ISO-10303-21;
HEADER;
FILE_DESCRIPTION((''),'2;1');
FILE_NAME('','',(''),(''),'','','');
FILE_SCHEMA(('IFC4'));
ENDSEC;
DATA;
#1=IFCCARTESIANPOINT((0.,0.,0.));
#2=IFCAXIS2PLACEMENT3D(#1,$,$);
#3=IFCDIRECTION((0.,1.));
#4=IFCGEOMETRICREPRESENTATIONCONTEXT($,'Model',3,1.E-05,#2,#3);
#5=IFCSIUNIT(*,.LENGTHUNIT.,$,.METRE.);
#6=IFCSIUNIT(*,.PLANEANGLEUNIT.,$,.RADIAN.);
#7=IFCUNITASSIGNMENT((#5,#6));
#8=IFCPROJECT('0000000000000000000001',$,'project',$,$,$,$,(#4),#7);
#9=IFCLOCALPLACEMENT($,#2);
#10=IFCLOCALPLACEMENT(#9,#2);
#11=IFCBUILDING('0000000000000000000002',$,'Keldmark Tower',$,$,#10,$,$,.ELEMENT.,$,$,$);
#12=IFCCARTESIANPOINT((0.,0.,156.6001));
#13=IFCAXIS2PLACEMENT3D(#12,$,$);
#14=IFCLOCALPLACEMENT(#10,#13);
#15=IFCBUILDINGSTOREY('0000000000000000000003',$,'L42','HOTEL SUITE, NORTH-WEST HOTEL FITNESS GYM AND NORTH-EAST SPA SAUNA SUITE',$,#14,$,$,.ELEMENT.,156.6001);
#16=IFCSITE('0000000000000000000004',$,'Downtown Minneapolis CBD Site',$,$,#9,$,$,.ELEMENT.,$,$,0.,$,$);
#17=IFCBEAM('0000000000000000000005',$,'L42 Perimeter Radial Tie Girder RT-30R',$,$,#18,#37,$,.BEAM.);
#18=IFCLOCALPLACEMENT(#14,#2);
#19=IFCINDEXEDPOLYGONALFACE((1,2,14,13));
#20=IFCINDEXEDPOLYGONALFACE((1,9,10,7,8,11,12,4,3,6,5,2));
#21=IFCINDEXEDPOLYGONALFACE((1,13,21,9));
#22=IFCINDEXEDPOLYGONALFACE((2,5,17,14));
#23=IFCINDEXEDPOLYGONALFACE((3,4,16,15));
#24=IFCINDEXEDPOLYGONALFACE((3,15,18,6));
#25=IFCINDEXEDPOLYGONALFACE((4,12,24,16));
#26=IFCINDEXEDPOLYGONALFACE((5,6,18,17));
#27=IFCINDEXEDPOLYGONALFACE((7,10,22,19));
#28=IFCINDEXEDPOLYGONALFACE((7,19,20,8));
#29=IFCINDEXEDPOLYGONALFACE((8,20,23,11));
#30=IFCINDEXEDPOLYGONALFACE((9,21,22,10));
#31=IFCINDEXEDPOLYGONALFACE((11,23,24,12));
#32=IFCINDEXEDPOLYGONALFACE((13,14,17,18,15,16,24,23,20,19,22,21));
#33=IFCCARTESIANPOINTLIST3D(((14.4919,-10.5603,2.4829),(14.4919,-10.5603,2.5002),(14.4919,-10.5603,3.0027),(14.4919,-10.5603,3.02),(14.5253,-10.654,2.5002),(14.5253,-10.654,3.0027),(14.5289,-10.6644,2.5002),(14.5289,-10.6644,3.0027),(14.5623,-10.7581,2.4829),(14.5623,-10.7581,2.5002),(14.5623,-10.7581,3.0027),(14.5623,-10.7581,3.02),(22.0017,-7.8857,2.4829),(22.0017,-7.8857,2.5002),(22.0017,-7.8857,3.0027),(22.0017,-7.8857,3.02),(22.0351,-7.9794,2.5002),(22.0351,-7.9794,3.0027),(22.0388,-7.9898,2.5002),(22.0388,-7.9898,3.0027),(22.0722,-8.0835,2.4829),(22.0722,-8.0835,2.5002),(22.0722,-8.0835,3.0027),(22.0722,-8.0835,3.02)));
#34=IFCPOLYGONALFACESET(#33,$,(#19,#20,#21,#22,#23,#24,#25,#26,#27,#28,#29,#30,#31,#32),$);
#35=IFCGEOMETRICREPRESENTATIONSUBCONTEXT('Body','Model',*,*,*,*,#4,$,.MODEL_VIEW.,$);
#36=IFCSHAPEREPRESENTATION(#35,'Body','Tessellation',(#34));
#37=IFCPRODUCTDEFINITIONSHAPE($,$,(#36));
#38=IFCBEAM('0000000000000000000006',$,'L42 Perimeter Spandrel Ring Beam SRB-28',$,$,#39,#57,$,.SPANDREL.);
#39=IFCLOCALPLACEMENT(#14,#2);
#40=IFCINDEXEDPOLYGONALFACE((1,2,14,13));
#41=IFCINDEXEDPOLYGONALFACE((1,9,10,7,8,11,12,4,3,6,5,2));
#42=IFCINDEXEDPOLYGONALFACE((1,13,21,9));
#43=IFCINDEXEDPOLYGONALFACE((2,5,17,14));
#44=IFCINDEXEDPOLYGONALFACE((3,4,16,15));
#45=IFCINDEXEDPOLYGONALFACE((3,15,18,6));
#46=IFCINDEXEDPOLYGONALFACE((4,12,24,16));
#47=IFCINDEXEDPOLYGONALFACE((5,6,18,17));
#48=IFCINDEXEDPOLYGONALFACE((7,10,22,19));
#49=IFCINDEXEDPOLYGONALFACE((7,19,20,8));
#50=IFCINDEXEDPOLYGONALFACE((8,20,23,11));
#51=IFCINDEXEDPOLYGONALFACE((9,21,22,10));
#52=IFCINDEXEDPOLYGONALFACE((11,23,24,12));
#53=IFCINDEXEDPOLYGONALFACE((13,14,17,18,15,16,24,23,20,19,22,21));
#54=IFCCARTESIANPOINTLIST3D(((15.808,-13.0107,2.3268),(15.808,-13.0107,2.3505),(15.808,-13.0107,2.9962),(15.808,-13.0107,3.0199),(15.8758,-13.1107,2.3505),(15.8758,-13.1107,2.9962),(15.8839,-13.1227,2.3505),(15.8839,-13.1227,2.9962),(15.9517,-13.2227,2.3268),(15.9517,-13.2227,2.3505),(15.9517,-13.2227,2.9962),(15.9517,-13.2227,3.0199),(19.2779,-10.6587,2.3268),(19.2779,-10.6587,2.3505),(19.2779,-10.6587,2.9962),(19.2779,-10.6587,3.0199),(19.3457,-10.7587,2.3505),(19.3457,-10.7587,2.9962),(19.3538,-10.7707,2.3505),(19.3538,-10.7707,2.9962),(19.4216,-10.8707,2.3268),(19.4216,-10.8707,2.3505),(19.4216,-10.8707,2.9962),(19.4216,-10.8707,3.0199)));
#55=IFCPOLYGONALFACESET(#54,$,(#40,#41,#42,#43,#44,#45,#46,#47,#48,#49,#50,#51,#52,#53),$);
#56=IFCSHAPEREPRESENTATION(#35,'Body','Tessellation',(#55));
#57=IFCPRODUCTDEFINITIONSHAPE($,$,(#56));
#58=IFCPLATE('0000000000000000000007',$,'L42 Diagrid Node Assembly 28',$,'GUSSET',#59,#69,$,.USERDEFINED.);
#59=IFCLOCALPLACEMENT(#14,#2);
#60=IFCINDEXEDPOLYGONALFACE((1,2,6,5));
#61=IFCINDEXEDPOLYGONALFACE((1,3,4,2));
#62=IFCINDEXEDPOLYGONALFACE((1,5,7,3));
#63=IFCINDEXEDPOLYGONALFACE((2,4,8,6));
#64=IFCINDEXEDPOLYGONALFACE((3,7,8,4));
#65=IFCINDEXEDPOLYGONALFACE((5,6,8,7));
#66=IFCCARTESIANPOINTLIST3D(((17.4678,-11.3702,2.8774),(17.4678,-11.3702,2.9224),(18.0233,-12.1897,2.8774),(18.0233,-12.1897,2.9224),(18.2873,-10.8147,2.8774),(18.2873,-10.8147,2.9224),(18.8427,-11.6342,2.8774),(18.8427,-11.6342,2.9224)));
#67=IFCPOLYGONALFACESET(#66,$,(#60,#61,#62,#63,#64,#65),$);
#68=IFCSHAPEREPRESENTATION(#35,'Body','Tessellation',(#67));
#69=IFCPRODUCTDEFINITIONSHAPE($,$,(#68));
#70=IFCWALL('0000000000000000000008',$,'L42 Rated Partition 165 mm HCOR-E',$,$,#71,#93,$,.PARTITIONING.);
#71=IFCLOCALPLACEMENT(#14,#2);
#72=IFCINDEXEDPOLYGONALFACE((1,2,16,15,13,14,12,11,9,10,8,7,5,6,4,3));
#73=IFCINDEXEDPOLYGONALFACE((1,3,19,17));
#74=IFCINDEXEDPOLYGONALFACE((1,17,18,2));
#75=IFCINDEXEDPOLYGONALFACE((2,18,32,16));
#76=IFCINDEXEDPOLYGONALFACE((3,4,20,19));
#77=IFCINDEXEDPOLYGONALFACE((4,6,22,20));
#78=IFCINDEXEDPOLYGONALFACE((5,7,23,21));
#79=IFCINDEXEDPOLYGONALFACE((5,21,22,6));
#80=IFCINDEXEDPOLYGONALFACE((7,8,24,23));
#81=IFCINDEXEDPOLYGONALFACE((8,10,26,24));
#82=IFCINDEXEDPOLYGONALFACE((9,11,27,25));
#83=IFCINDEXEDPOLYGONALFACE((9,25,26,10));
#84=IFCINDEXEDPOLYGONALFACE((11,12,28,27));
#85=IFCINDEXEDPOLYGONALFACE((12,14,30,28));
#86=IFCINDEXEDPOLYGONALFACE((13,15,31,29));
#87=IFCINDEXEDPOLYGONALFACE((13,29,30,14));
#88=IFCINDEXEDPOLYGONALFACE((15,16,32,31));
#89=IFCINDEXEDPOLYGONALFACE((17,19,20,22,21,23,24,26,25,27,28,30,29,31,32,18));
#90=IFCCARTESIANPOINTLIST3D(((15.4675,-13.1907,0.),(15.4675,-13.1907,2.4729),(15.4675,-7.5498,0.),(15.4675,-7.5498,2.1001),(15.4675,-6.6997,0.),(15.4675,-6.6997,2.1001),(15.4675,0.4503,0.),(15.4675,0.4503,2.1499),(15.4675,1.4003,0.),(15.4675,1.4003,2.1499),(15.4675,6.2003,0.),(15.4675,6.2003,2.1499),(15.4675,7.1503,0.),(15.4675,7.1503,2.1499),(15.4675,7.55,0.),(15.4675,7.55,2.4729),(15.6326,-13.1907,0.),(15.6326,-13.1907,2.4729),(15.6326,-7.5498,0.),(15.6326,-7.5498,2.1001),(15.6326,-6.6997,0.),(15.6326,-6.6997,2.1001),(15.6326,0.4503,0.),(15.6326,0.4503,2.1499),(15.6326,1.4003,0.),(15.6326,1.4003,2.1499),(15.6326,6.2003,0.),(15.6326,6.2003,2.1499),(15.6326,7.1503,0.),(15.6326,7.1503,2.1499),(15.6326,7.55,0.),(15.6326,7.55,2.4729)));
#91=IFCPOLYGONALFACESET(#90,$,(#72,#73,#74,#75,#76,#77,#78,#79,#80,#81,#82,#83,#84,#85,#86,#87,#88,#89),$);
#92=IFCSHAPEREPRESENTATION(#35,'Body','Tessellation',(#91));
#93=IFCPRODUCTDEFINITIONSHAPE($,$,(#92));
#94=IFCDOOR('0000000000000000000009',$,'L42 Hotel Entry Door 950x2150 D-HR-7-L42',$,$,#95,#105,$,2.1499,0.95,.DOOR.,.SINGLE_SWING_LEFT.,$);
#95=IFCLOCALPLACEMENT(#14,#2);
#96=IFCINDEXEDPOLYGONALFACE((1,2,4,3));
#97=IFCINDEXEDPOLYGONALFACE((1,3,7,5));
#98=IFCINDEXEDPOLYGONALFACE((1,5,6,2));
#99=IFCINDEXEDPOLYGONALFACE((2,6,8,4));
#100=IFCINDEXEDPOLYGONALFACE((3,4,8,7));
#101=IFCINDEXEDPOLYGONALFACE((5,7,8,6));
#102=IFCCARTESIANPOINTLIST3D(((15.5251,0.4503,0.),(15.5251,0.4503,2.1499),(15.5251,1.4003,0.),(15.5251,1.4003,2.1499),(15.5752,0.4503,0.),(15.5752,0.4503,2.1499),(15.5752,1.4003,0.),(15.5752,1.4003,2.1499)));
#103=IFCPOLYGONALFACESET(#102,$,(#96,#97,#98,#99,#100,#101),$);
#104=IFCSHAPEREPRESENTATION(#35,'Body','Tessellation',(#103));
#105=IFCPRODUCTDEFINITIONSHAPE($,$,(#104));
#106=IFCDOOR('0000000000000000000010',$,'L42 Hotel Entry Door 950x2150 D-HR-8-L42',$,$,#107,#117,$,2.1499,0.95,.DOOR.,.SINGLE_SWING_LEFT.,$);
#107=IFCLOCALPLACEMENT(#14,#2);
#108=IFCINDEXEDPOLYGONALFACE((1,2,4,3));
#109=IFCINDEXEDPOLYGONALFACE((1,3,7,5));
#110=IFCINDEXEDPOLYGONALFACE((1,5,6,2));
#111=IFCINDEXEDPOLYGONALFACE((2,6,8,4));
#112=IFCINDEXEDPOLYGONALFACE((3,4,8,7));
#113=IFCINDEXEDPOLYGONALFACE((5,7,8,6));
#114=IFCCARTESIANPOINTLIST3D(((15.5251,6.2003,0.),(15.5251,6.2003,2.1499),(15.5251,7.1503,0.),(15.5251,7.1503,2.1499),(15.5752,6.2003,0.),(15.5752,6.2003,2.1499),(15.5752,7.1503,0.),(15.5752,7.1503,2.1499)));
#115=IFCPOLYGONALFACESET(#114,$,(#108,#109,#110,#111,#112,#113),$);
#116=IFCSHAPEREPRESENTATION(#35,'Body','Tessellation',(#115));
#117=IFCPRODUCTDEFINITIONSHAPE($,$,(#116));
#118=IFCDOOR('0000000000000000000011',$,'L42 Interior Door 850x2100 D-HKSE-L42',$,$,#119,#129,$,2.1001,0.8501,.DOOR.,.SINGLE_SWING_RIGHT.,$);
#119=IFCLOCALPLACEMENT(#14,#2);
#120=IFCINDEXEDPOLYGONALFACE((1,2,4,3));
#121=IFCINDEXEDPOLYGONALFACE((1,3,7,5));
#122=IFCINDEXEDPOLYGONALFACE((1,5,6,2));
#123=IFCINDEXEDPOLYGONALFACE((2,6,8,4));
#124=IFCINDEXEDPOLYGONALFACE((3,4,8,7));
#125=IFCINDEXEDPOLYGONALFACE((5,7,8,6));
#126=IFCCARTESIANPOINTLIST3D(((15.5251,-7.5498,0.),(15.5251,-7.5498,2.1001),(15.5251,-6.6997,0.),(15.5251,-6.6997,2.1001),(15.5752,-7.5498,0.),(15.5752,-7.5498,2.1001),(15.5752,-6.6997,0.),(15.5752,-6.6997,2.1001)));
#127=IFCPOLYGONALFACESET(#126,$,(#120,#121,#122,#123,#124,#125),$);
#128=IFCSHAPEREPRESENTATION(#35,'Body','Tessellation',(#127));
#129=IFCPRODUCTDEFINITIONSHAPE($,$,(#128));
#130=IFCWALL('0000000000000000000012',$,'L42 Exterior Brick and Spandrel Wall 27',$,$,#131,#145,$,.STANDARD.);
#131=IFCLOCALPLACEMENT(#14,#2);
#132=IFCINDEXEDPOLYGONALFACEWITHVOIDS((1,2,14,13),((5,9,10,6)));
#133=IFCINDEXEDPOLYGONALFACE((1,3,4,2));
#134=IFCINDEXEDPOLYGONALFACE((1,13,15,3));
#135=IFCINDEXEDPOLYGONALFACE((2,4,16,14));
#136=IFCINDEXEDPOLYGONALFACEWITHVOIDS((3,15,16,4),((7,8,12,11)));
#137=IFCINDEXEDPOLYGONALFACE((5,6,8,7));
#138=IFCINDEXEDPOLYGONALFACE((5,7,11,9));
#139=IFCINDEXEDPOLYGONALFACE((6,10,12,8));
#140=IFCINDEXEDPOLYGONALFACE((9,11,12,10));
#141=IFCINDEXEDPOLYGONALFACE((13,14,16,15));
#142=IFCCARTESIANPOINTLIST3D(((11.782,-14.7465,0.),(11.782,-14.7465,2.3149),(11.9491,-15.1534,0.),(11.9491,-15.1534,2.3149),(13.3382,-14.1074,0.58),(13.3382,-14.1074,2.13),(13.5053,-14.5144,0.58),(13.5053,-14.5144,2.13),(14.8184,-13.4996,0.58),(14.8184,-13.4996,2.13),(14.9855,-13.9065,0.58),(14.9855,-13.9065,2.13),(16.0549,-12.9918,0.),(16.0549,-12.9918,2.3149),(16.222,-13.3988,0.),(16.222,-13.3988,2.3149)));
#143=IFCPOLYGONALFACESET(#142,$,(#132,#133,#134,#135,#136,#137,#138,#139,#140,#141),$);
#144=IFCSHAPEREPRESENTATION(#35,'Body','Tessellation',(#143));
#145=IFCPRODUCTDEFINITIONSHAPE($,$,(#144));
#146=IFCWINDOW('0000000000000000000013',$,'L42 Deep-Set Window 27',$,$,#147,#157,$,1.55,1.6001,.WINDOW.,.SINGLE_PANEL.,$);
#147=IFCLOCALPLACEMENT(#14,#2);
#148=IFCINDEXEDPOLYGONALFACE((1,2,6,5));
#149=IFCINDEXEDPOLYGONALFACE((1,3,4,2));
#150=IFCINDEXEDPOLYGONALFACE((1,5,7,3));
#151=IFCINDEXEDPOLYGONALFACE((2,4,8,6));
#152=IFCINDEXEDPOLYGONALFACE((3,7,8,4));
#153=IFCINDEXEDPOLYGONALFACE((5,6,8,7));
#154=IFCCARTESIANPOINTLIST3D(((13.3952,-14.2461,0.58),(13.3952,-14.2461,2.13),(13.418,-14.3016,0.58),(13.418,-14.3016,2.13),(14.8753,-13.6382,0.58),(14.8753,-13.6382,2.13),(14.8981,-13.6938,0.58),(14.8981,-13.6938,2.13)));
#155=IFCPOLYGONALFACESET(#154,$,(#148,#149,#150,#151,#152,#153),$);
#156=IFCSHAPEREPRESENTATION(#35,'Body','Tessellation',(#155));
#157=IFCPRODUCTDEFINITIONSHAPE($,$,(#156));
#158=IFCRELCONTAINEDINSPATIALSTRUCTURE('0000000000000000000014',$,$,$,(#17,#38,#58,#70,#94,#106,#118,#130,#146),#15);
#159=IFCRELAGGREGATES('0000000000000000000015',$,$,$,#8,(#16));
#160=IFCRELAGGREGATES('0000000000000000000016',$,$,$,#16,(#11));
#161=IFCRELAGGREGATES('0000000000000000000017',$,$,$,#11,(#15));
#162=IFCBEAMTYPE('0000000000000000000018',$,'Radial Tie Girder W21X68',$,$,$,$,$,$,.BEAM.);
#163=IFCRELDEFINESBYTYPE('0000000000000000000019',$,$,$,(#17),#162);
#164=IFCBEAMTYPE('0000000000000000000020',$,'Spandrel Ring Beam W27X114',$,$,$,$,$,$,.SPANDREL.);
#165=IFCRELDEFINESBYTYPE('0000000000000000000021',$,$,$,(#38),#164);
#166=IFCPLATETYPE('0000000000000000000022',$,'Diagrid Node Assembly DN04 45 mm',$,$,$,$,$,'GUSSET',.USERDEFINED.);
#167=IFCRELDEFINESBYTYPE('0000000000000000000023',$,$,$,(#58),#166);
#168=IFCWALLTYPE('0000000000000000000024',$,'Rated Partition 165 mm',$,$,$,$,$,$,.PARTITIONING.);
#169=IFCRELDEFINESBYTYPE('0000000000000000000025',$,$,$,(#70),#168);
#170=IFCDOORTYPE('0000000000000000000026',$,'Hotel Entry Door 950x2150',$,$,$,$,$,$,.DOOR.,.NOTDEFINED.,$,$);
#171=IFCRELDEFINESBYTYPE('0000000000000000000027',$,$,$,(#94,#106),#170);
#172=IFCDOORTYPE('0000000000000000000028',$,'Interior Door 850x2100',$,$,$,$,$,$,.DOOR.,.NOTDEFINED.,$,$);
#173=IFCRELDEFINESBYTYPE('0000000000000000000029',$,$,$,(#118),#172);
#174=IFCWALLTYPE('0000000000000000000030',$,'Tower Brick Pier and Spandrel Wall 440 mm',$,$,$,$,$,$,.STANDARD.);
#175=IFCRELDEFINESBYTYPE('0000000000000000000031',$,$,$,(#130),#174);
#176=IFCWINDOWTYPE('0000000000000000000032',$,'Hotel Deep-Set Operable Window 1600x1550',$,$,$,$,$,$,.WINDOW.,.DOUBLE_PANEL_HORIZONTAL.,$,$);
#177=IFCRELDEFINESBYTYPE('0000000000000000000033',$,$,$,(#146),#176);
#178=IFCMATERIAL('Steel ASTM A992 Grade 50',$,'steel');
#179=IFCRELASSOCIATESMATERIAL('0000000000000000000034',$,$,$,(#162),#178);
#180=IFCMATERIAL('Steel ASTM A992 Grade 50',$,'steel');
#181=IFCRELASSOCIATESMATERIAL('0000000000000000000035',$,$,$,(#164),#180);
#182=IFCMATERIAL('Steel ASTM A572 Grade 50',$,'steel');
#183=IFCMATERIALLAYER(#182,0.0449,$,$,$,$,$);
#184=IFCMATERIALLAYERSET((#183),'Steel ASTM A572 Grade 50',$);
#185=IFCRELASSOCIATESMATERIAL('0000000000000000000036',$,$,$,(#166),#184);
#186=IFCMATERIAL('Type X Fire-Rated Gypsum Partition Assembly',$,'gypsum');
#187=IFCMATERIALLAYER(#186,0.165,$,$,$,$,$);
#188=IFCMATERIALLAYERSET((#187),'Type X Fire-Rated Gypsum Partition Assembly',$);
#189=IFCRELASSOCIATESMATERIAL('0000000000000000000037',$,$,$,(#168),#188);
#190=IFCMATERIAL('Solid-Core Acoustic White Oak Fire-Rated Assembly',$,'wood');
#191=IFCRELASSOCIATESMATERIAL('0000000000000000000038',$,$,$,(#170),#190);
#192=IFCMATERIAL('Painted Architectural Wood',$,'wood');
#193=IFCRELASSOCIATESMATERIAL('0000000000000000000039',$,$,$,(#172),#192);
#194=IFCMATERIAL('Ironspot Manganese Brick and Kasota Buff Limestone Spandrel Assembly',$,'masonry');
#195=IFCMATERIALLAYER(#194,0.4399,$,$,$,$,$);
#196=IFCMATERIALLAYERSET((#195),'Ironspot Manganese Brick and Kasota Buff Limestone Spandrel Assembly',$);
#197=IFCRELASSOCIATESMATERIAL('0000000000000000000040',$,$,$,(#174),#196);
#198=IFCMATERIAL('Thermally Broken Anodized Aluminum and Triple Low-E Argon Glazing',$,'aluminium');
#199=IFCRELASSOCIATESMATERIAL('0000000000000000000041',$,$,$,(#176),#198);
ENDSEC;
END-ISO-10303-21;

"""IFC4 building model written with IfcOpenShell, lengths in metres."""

from ifc_helpers import new_model, si_unit, direction, frame, frame_2d, origin, origin_2d, place, context, subcontext, project, spatial, rectangle, i_section, extrude, material, layer, layer_set, material_profile, profile_set, type_object, element, fill, save


model = new_model("IFC4")

# Units and contexts
model_context = context("Model", 3, precision=1e-05, world=origin(), true_north=direction((0.0, 1.0)))
body_context = subcontext(model_context, "Body", "Model", "MODEL_VIEW")
ifc_project = project(units=[si_unit("LENGTHUNIT", "METRE"), si_unit("PLANEANGLEUNIT", "RADIAN")], contexts=[model_context])

# Site, building, storey
site_placement = place(None, origin())
site = spatial("IfcSite", under=ifc_project, at=site_placement, Name="Downtown Minneapolis CBD Site", CompositionType="ELEMENT", RefElevation=0.0)
building_placement = place(site_placement, origin())
building = spatial("IfcBuilding", under=site, at=building_placement, Name="Keldmark Tower", CompositionType="ELEMENT")
storey_placement = place(building_placement, frame((0.0, 0.0, 156.6001)))
storey = spatial("IfcBuildingStorey", under=building, at=storey_placement, Name="L42", Description="HOTEL SUITE, NORTH-WEST HOTEL FITNESS GYM AND NORTH-EAST SPA SAUNA SUITE", CompositionType="ELEMENT", Elevation=156.6001)

# Beams
ifc_material_1 = material(Name="Steel ASTM A992 Grade 50", Category="steel")
ifc_material_profile_1 = material_profile(ifc_material_1, i_section(OverallWidth=0.21, OverallDepth=0.5371, WebThickness=0.011, FlangeThickness=0.0173, at=origin_2d()), Name="W21X68")
ifc_profile_set_1 = profile_set([ifc_material_profile_1], Name="Steel ASTM A992 Grade 50")
beam_type_1 = type_object("IfcBeamType", Name="Radial Tie Girder W21X68", PredefinedType="BEAM", material=ifc_profile_set_1)
beam_1_placement = place(storey_placement, frame((14.5271, -10.6592, 2.7515), z_axis=(0.942039, 0.335502, 0.0), x_axis=(-0.335502, 0.942039, 0.0)))
element("IfcBeam", 1, at=beam_1_placement, inside=storey, type_object=beam_type_1, Name="L42 Perimeter Radial Tie Girder RT-30R", PredefinedType="BEAM", context=body_context, shape_type="SweptSolid", body=[
    extrude(i_section(OverallWidth=0.21, OverallDepth=0.5371, WebThickness=0.011, FlangeThickness=0.0173, at=origin_2d()), origin(), (0.0, 0.0, 1.0), 7.9719),
])
ifc_material_2 = material(Name="Steel ASTM A992 Grade 50", Category="steel")
ifc_material_profile_2 = material_profile(ifc_material_2, i_section(OverallWidth=0.2561, OverallDepth=0.6931, WebThickness=0.0144, FlangeThickness=0.0237, at=origin_2d()), Name="W27X114")
ifc_profile_set_2 = profile_set([ifc_material_profile_2], Name="Steel ASTM A992 Grade 50")
beam_type_2 = type_object("IfcBeamType", Name="Spandrel Ring Beam W27X114", PredefinedType="SPANDREL", material=ifc_profile_set_2)
beam_2_placement = place(storey_placement, frame((15.8799, -13.1167, 2.6733), z_axis=(0.827761, 0.561081, 0.0), x_axis=(-0.561081, 0.827761, 0.0)))
element("IfcBeam", 2, at=beam_2_placement, inside=storey, type_object=beam_type_2, Name="L42 Perimeter Spandrel Ring Beam SRB-28", PredefinedType="SPANDREL", context=body_context, shape_type="SweptSolid", body=[
    extrude(i_section(OverallWidth=0.2561, OverallDepth=0.6931, WebThickness=0.0144, FlangeThickness=0.0237, at=origin_2d()), origin(), (0.0, 0.0, 1.0), 4.1919),
])

# Plate
ifc_material_3 = material(Name="Steel ASTM A572 Grade 50", Category="steel")
ifc_layer_1 = layer(ifc_material_3, 0.0449)
ifc_layer_set_1 = layer_set([ifc_layer_1], Name="Steel ASTM A572 Grade 50")
plate_type = type_object("IfcPlateType", Name="Diagrid Node Assembly DN04 45 mm", ElementType="GUSSET", PredefinedType="USERDEFINED", material=ifc_layer_set_1)
plate_placement = place(storey_placement, frame((18.1553, -11.5022, 2.8774), z_axis=(0.0, 0.0, 1.0), x_axis=(0.827767, 0.561072, 0.0)))
element("IfcPlate", 3, at=plate_placement, inside=storey, type_object=plate_type, Name="L42 Diagrid Node Assembly 28", ObjectType="GUSSET", PredefinedType="USERDEFINED", context=body_context, shape_type="SweptSolid", body=[
    extrude(rectangle(XDim=0.99, YDim=0.99, at=origin_2d()), origin(), (0.0, 0.0, 1.0), 0.0449),
])

# Wall, openings, doors
ifc_material_4 = material(Name="Type X Fire-Rated Gypsum Partition Assembly", Category="gypsum")
ifc_layer_2 = layer(ifc_material_4, 0.165)
ifc_layer_set_2 = layer_set([ifc_layer_2], Name="Type X Fire-Rated Gypsum Partition Assembly")
wall_type_1 = type_object("IfcWallType", Name="Rated Partition 165 mm", PredefinedType="PARTITIONING", material=ifc_layer_set_2)
wall_1_placement = place(storey_placement, frame((15.55, -13.1907, 0.0), z_axis=(0.0, 0.0, 1.0), x_axis=(0.0, 1.0, 0.0)))
wall_1 = element("IfcWall", 4, at=wall_1_placement, inside=storey, type_object=wall_type_1, Name="L42 Rated Partition 165 mm HCOR-E", PredefinedType="PARTITIONING", context=body_context, shape_type="SweptSolid", body=[
    extrude(rectangle(XDim=20.7407, YDim=0.165, at=frame_2d((10.3704, 0.0))), origin(), (0.0, 0.0, 1.0), 2.4729),
])
opening_1_placement = place(wall_1_placement, frame((5.6409, 0.0, 0.0)))
opening_1 = element("IfcOpeningElement", 5, at=opening_1_placement, cuts=wall_1, PredefinedType="OPENING", context=body_context, shape_type="SweptSolid", body=[
    extrude(rectangle(XDim=0.8501, YDim=2.1001, at=frame_2d((0.425, 1.05))), frame((0.0, 0.0925, 0.0), z_axis=(0.0, -1.0, 0.0), x_axis=(1.0, 0.0, 0.0)), (0.0, 0.0, 1.0), 0.1851),
])
opening_2_placement = place(wall_1_placement, frame((13.6409, 0.0, 0.0)))
opening_2 = element("IfcOpeningElement", 6, at=opening_2_placement, cuts=wall_1, PredefinedType="OPENING", context=body_context, shape_type="SweptSolid", body=[
    extrude(rectangle(XDim=0.95, YDim=2.1499, at=frame_2d((0.4751, 1.075))), frame((0.0, 0.0925, 0.0), z_axis=(0.0, -1.0, 0.0), x_axis=(1.0, 0.0, 0.0)), (0.0, 0.0, 1.0), 0.1851),
])
opening_3_placement = place(wall_1_placement, frame((19.3909, 0.0, 0.0)))
opening_3 = element("IfcOpeningElement", 7, at=opening_3_placement, cuts=wall_1, PredefinedType="OPENING", context=body_context, shape_type="SweptSolid", body=[
    extrude(rectangle(XDim=0.95, YDim=2.1499, at=frame_2d((0.4751, 1.075))), frame((0.0, 0.0925, 0.0), z_axis=(0.0, -1.0, 0.0), x_axis=(1.0, 0.0, 0.0)), (0.0, 0.0, 1.0), 0.1851),
])
ifc_material_5 = material(Name="Solid-Core Acoustic White Oak Fire-Rated Assembly", Category="wood")
door_type_1 = type_object("IfcDoorType", Name="Hotel Entry Door 950x2150", OperationType="NOTDEFINED", PredefinedType="DOOR", material=ifc_material_5)
door_1_placement = place(opening_2_placement, origin())
door_1 = element("IfcDoor", 8, at=door_1_placement, inside=storey, type_object=door_type_1, Name="L42 Hotel Entry Door 950x2150 D-HR-7-L42", OperationType="SINGLE_SWING_LEFT", OverallHeight=2.1499, OverallWidth=0.95, PredefinedType="DOOR", context=body_context, shape_type="SweptSolid", body=[
    extrude(rectangle(XDim=0.95, YDim=2.1499, at=frame_2d((0.4751, 1.075))), frame((0.0, 0.0249, 0.0), z_axis=(0.0, -1.0, 0.0), x_axis=(1.0, 0.0, 0.0)), (0.0, 0.0, 1.0), 0.05),
])
fill(opening_2, door_1)
door_2_placement = place(opening_3_placement, origin())
door_2 = element("IfcDoor", 9, at=door_2_placement, inside=storey, type_object=door_type_1, Name="L42 Hotel Entry Door 950x2150 D-HR-8-L42", OperationType="SINGLE_SWING_LEFT", OverallHeight=2.1499, OverallWidth=0.95, PredefinedType="DOOR", context=body_context, shape_type="SweptSolid", body=[
    extrude(rectangle(XDim=0.95, YDim=2.1499, at=frame_2d((0.4751, 1.075))), frame((0.0, 0.0249, 0.0), z_axis=(0.0, -1.0, 0.0), x_axis=(1.0, 0.0, 0.0)), (0.0, 0.0, 1.0), 0.05),
])
fill(opening_3, door_2)
ifc_material_6 = material(Name="Painted Architectural Wood", Category="wood")
door_type_2 = type_object("IfcDoorType", Name="Interior Door 850x2100", OperationType="NOTDEFINED", PredefinedType="DOOR", material=ifc_material_6)
door_3_placement = place(opening_1_placement, origin())
door_3 = element("IfcDoor", 10, at=door_3_placement, inside=storey, type_object=door_type_2, Name="L42 Interior Door 850x2100 D-HKSE-L42", OperationType="SINGLE_SWING_RIGHT", OverallHeight=2.1001, OverallWidth=0.8501, PredefinedType="DOOR", context=body_context, shape_type="SweptSolid", body=[
    extrude(rectangle(XDim=0.8501, YDim=2.1001, at=frame_2d((0.425, 1.05))), frame((0.0, 0.0249, 0.0), z_axis=(0.0, -1.0, 0.0), x_axis=(1.0, 0.0, 0.0)), (0.0, 0.0, 1.0), 0.05),
])
fill(opening_1, door_3)

# Wall, opening, window
ifc_material_7 = material(Name="Ironspot Manganese Brick and Kasota Buff Limestone Spandrel Assembly", Category="masonry")
ifc_layer_3 = layer(ifc_material_7, 0.4399)
ifc_layer_set_3 = layer_set([ifc_layer_3], Name="Ironspot Manganese Brick and Kasota Buff Limestone Spandrel Assembly")
wall_type_2 = type_object("IfcWallType", Name="Tower Brick Pier and Spandrel Wall 440 mm", PredefinedType="STANDARD", material=ifc_layer_set_3)
wall_2_placement = place(storey_placement, frame((16.1384, -13.1953, 0.0), z_axis=(0.0, 0.0, 1.0), x_axis=(-0.925044, -0.379859, 0.0)))
wall_2 = element("IfcWall", 11, at=wall_2_placement, inside=storey, type_object=wall_type_2, Name="L42 Exterior Brick and Spandrel Wall 27", PredefinedType="STANDARD", context=body_context, shape_type="SweptSolid", body=[
    extrude(rectangle(XDim=4.6191, YDim=0.4399, at=frame_2d((2.3096, 0.0))), origin(), (0.0, 0.0, 1.0), 2.3149),
])
opening_4_placement = place(wall_2_placement, frame((1.3367, 0.0, 0.5801)))
opening_4 = element("IfcOpeningElement", 12, at=opening_4_placement, cuts=wall_2, PredefinedType="OPENING", context=body_context, shape_type="SweptSolid", body=[
    extrude(rectangle(XDim=1.6001, YDim=1.55, at=frame_2d((0.8, 0.7749))), frame((0.0, 0.23, 0.0), z_axis=(0.0, -1.0, 0.0), x_axis=(1.0, 0.0, 0.0)), (0.0, 0.0, 1.0), 0.46),
])
ifc_material_8 = material(Name="Thermally Broken Anodized Aluminum and Triple Low-E Argon Glazing", Category="aluminium")
window_type = type_object("IfcWindowType", Name="Hotel Deep-Set Operable Window 1600x1550", PartitioningType="DOUBLE_PANEL_HORIZONTAL", PredefinedType="WINDOW", material=ifc_material_8)
window_placement = place(opening_4_placement, origin())
window = element("IfcWindow", 13, at=window_placement, inside=storey, type_object=window_type, Name="L42 Deep-Set Window 27", OverallHeight=1.55, OverallWidth=1.6001, PartitioningType="SINGLE_PANEL", PredefinedType="WINDOW", context=body_context, shape_type="SweptSolid", body=[
    extrude(rectangle(XDim=1.6001, YDim=1.55, at=frame_2d((0.8, 0.7749))), frame((0.0, -0.01, 0.0), z_axis=(0.0, -1.0, 0.0), x_axis=(1.0, 0.0, 0.0)), (0.0, 0.0, 1.0), 0.0601),
])
fill(opening_4, window)

save(model, "model.ifc")
